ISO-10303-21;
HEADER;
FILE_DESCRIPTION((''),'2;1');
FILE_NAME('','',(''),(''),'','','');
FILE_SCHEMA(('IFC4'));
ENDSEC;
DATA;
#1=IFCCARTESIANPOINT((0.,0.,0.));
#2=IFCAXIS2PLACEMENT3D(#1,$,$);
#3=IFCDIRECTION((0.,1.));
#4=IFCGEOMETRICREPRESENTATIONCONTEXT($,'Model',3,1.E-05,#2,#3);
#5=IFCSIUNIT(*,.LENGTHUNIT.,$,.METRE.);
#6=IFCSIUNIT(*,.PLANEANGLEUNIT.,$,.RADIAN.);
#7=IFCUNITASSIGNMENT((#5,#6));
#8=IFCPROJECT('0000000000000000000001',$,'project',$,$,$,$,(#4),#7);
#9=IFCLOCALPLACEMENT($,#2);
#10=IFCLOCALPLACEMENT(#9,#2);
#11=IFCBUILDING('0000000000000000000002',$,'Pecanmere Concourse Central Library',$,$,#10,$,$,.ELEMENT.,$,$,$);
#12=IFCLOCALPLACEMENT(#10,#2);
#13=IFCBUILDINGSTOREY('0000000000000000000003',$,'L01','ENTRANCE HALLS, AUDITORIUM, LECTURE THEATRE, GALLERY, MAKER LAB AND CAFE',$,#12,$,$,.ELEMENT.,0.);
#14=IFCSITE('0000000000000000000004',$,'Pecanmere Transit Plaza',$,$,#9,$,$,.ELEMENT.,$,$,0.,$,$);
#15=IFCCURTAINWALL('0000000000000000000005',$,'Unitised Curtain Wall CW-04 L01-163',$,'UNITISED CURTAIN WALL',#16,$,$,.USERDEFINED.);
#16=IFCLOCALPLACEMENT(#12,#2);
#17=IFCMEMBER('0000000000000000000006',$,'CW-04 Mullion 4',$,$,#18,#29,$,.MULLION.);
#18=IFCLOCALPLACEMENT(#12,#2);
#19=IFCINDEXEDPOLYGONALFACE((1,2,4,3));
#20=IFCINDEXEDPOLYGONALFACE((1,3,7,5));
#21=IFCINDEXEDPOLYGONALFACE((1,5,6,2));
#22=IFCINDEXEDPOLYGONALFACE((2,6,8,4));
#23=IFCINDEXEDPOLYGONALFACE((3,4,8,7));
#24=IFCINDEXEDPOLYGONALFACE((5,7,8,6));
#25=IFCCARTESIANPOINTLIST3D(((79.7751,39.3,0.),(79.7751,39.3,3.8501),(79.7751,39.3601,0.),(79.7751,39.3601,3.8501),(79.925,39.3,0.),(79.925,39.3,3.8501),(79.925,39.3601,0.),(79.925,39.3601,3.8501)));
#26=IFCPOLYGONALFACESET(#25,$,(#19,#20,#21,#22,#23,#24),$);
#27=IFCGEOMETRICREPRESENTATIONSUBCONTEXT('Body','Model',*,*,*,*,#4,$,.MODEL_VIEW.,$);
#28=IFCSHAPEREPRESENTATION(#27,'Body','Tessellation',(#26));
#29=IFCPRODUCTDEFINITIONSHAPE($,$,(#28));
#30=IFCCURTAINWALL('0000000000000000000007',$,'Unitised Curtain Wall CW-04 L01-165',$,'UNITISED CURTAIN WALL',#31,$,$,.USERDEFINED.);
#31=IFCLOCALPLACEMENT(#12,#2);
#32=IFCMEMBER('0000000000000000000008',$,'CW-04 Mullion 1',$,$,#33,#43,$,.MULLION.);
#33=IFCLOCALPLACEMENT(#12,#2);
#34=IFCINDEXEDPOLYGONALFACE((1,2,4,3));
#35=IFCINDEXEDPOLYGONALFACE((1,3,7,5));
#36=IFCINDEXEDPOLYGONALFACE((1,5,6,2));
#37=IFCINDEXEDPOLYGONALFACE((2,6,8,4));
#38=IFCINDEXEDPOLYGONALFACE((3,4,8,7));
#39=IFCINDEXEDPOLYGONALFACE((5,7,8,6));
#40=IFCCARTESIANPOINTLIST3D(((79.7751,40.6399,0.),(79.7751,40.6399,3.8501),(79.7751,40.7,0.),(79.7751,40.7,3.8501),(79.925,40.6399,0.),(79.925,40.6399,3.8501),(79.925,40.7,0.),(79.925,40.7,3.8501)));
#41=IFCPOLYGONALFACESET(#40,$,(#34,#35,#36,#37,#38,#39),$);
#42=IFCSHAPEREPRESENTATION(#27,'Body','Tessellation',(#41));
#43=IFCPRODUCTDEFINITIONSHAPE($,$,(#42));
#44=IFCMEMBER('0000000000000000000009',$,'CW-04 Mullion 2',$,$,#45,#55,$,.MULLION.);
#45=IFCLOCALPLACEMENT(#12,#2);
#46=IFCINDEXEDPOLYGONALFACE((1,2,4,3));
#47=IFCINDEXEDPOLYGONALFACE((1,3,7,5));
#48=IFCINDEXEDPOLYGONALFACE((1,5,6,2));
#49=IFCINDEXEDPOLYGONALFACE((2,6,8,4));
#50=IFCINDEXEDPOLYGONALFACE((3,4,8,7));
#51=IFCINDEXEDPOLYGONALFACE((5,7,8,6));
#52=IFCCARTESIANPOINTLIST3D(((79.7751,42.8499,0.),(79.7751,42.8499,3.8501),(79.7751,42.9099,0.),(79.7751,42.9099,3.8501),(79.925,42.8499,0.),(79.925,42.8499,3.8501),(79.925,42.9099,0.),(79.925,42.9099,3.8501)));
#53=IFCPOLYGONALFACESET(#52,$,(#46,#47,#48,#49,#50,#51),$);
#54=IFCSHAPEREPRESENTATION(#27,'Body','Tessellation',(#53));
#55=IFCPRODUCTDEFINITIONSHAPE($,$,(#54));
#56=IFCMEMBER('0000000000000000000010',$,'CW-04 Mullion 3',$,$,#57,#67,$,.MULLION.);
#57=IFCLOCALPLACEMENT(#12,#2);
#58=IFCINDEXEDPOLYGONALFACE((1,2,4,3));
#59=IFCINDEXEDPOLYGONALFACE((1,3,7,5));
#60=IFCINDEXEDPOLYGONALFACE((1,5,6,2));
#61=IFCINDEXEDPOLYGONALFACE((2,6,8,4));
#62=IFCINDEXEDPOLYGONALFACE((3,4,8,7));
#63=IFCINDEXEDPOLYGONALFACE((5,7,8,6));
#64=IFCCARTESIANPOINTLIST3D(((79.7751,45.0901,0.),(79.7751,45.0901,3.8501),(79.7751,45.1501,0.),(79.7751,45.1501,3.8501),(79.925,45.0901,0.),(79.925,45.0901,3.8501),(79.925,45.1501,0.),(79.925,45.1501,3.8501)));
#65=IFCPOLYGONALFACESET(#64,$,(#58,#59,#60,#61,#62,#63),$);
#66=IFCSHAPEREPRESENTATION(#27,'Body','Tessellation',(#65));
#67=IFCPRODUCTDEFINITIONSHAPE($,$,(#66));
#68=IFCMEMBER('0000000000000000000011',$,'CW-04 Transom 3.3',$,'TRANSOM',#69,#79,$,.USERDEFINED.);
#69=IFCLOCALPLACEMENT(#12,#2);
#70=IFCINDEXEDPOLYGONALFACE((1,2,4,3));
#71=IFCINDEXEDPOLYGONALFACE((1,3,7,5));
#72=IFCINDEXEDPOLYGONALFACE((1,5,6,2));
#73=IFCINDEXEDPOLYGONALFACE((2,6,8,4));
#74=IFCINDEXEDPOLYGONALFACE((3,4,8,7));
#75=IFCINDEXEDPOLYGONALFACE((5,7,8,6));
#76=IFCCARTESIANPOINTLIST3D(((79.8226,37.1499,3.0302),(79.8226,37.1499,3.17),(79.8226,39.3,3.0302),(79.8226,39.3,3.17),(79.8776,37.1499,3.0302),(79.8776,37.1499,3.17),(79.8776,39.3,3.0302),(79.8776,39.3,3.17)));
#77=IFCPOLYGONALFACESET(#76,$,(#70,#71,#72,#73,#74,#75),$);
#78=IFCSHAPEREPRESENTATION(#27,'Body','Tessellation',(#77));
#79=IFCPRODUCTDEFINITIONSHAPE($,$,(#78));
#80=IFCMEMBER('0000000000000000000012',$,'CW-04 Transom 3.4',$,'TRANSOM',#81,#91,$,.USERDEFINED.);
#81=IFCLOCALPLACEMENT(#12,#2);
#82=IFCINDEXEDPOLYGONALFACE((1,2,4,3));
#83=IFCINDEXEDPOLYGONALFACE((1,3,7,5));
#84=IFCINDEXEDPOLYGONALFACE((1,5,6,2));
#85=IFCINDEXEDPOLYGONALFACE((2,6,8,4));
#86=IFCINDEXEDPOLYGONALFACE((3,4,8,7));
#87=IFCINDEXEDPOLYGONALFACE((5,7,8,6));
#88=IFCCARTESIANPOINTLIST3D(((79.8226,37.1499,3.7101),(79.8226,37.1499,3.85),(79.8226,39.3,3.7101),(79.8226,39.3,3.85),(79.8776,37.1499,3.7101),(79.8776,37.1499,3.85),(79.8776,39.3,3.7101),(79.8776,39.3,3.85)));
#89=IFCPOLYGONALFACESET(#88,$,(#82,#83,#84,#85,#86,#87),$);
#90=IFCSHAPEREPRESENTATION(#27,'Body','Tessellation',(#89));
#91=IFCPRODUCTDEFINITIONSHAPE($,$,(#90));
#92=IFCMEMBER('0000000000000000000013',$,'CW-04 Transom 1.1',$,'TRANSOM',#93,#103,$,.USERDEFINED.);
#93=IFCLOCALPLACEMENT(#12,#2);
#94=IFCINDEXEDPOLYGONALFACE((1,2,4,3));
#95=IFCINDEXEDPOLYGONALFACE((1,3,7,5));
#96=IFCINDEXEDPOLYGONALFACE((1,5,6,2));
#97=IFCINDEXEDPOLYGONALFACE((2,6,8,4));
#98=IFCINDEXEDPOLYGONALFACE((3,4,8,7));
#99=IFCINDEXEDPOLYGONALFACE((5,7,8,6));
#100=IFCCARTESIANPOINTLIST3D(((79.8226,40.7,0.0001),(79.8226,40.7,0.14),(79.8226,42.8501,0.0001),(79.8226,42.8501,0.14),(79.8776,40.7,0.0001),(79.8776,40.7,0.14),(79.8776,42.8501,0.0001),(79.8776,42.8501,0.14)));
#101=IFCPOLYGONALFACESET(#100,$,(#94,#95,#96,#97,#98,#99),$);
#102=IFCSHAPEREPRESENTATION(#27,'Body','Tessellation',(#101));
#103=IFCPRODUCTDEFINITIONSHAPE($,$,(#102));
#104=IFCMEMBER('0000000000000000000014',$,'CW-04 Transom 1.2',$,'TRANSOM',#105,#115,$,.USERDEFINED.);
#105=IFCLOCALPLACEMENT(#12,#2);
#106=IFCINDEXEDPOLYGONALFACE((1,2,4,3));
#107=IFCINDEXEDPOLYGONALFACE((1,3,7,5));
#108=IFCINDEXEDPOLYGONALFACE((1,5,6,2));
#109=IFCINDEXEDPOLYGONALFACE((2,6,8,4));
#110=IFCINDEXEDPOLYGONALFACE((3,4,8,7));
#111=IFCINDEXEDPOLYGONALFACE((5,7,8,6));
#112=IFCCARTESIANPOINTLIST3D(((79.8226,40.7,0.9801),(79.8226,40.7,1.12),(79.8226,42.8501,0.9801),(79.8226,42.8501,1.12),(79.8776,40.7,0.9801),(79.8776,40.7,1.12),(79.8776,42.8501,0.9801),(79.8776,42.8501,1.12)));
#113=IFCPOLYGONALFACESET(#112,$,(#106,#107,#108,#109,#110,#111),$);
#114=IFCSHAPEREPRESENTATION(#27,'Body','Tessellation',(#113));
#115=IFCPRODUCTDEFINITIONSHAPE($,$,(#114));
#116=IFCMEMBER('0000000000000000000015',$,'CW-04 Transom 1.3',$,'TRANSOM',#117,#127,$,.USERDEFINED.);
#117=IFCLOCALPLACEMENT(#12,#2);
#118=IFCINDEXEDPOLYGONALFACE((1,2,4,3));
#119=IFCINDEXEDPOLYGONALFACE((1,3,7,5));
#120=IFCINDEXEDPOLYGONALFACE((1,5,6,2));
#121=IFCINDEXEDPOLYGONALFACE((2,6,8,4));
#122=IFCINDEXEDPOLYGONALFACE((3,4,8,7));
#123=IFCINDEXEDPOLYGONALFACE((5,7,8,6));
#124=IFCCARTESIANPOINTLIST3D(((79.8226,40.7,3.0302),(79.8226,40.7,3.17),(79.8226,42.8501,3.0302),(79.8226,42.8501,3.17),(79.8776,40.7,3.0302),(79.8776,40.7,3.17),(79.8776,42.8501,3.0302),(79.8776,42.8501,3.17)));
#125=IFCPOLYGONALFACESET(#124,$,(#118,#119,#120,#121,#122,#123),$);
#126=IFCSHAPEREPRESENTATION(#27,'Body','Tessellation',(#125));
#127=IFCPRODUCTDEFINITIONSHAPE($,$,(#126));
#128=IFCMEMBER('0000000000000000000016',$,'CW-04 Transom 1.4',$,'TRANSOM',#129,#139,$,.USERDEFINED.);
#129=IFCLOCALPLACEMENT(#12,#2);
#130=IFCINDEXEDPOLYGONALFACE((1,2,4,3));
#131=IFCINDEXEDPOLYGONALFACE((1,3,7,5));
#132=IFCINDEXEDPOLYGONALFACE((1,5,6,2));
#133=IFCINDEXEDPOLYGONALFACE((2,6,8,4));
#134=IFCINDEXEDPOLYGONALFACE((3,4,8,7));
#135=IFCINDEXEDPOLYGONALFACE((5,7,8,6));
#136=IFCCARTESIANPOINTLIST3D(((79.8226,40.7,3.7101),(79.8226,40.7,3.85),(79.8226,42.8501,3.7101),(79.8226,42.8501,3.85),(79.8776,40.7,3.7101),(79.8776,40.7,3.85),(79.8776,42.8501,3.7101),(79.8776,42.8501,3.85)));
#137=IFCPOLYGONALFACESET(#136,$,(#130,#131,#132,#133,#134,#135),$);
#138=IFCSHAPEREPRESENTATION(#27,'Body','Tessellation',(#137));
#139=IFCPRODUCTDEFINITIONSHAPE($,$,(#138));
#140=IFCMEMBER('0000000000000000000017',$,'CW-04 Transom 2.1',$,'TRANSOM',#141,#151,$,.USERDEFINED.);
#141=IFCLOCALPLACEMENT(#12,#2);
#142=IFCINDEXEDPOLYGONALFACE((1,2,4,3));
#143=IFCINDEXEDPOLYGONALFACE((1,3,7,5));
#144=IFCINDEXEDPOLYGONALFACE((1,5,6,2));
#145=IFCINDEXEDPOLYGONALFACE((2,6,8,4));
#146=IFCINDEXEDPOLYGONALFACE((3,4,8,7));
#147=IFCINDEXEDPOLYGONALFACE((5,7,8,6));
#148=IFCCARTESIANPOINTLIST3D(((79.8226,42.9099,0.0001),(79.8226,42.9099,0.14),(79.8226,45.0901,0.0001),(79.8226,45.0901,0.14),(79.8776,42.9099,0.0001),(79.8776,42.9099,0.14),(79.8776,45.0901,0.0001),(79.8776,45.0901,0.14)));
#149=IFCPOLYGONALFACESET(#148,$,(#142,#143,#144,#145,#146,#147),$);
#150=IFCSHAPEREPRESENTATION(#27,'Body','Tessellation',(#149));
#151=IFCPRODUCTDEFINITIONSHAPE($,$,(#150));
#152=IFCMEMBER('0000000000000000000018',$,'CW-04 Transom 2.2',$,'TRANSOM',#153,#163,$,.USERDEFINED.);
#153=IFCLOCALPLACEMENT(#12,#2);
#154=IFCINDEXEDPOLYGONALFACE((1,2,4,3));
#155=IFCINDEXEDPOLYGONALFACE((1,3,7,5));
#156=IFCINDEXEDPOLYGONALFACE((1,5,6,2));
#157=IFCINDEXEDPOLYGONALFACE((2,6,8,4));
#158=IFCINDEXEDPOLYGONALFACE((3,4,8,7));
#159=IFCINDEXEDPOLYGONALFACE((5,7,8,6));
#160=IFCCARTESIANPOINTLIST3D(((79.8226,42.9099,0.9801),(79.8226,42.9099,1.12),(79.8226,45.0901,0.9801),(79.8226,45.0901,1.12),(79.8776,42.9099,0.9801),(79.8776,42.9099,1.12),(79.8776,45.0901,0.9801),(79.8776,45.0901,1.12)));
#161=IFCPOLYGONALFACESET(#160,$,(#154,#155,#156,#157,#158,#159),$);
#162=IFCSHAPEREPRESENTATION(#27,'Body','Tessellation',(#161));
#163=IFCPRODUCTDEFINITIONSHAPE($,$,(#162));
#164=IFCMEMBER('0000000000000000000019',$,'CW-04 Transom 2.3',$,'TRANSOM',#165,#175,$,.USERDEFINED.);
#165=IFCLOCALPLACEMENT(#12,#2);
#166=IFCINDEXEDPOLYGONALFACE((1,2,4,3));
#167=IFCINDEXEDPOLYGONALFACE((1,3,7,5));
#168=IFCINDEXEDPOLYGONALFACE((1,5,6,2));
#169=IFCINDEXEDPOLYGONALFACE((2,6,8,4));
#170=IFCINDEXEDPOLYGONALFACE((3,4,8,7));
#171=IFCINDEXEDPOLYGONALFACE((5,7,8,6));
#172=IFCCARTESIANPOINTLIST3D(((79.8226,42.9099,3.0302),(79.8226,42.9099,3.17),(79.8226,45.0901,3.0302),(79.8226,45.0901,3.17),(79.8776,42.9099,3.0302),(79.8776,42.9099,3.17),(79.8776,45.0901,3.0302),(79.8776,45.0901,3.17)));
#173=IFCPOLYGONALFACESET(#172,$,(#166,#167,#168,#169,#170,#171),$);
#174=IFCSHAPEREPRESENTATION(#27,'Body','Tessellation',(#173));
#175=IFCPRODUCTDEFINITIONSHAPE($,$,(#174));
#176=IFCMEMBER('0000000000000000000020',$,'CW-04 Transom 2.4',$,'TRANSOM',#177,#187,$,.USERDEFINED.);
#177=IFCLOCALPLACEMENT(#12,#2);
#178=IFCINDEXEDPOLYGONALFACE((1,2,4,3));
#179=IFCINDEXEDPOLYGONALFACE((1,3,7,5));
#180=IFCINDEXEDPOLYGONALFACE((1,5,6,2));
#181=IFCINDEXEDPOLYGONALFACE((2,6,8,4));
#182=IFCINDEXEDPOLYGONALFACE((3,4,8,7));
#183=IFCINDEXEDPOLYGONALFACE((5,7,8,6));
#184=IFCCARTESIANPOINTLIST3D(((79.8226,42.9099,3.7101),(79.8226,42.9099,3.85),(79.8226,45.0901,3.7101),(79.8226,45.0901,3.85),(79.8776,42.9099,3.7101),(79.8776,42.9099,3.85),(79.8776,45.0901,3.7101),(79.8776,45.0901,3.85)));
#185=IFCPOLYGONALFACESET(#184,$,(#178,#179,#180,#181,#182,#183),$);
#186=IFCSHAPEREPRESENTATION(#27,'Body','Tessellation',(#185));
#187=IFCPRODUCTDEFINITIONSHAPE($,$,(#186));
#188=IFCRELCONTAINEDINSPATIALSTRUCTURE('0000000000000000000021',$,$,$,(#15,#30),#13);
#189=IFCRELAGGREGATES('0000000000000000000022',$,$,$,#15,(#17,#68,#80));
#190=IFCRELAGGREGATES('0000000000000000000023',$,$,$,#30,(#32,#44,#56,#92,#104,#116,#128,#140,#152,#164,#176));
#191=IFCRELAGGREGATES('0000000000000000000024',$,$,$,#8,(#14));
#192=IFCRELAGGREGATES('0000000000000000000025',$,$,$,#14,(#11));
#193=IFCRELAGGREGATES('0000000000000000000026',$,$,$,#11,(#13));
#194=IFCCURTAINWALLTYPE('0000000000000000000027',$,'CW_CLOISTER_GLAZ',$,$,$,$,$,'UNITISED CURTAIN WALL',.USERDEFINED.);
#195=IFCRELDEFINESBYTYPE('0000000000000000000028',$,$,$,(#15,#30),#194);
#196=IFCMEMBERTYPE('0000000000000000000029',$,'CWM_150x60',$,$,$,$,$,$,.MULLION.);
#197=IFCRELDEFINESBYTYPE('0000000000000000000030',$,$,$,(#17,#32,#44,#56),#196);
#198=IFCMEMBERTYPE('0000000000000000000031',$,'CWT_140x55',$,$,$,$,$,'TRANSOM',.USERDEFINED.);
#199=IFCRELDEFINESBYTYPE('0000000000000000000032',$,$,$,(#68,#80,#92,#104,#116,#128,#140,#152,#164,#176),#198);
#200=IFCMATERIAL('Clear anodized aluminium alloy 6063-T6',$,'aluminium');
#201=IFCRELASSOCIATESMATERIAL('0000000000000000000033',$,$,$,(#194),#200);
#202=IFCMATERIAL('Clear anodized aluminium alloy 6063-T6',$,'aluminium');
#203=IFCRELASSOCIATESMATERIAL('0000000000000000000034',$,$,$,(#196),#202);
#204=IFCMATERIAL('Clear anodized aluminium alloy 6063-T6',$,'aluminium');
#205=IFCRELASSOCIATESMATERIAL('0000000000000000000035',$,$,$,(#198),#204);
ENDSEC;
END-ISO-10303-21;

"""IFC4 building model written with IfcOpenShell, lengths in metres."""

from ifc_helpers import new_model, si_unit, direction, frame, origin, origin_2d, place, context, subcontext, project, spatial, rectangle, extrude, material, material_profile, profile_set, type_object, element, aggregate, save


model = new_model("IFC4")

# Units and contexts
model_context = context("Model", 3, precision=1e-05, world=origin(), true_north=direction((0.0, 1.0)))
body_context = subcontext(model_context, "Body", "Model", "MODEL_VIEW")
ifc_project = project(units=[si_unit("LENGTHUNIT", "METRE"), si_unit("PLANEANGLEUNIT", "RADIAN")], contexts=[model_context])

# Site, building, storey
site_placement = place(None, origin())
site = spatial("IfcSite", under=ifc_project, at=site_placement, Name="Pecanmere Transit Plaza", CompositionType="ELEMENT", RefElevation=0.0)
building_placement = place(site_placement, origin())
building = spatial("IfcBuilding", under=site, at=building_placement, Name="Pecanmere Concourse Central Library", CompositionType="ELEMENT")
storey_placement = place(building_placement, origin())
storey = spatial("IfcBuildingStorey", under=building, at=storey_placement, Name="L01", Description="ENTRANCE HALLS, AUDITORIUM, LECTURE THEATRE, GALLERY, MAKER LAB AND CAFE", CompositionType="ELEMENT", Elevation=0.0)

# Curtain wall, member
ifc_material_1 = material(Name="Clear anodized aluminium alloy 6063-T6", Category="aluminium")
curtain_wall_type = type_object("IfcCurtainWallType", Name="CW_CLOISTER_GLAZ", ElementType="UNITISED CURTAIN WALL", PredefinedType="USERDEFINED", material=ifc_material_1)
curtain_wall_1_placement = place(storey_placement, origin())
curtain_wall_1 = element("IfcCurtainWall", 1, at=curtain_wall_1_placement, inside=storey, type_object=curtain_wall_type, Name="Unitised Curtain Wall CW-04 L01-163", ObjectType="UNITISED CURTAIN WALL", PredefinedType="USERDEFINED")
ifc_material_2 = material(Name="Clear anodized aluminium alloy 6063-T6", Category="aluminium")
ifc_material_profile_1 = material_profile(ifc_material_2, rectangle(XDim=0.0601, YDim=0.1499, at=origin_2d()), Name="AL 60x150")
ifc_profile_set_1 = profile_set([ifc_material_profile_1], Name="Clear anodized aluminium alloy 6063-T6")
member_type_1 = type_object("IfcMemberType", Name="CWM_150x60", PredefinedType="MULLION", material=ifc_profile_set_1)
member_1_placement = place(storey_placement, frame((79.8501, 39.3301, 0.0), z_axis=(0.0, 0.0, 1.0), x_axis=(0.0, 1.0, 0.0)))
member_1 = element("IfcMember", 2, at=member_1_placement, type_object=member_type_1, Name="CW-04 Mullion 4", PredefinedType="MULLION", context=body_context, shape_type="SweptSolid", body=[
    extrude(rectangle(XDim=0.0601, YDim=0.1499, at=origin_2d()), origin(), (0.0, 0.0, 1.0), 3.8501),
])

# Curtain wall, members
curtain_wall_2_placement = place(storey_placement, origin())
curtain_wall_2 = element("IfcCurtainWall", 3, at=curtain_wall_2_placement, inside=storey, type_object=curtain_wall_type, Name="Unitised Curtain Wall CW-04 L01-165", ObjectType="UNITISED CURTAIN WALL", PredefinedType="USERDEFINED")
member_2_placement = place(storey_placement, frame((79.8501, 40.6699, 0.0), z_axis=(0.0, 0.0, 1.0), x_axis=(0.0, 1.0, 0.0)))
member_2 = element("IfcMember", 4, at=member_2_placement, type_object=member_type_1, Name="CW-04 Mullion 1", PredefinedType="MULLION", context=body_context, shape_type="SweptSolid", body=[
    extrude(rectangle(XDim=0.0601, YDim=0.1499, at=origin_2d()), origin(), (0.0, 0.0, 1.0), 3.8501),
])
member_3_placement = place(storey_placement, frame((79.8501, 42.8799, 0.0), z_axis=(0.0, 0.0, 1.0), x_axis=(0.0, 1.0, 0.0)))
member_3 = element("IfcMember", 5, at=member_3_placement, type_object=member_type_1, Name="CW-04 Mullion 2", PredefinedType="MULLION", context=body_context, shape_type="SweptSolid", body=[
    extrude(rectangle(XDim=0.0601, YDim=0.1499, at=origin_2d()), origin(), (0.0, 0.0, 1.0), 3.8501),
])
member_4_placement = place(storey_placement, frame((79.8501, 45.1201, 0.0), z_axis=(0.0, 0.0, 1.0), x_axis=(0.0, 1.0, 0.0)))
member_4 = element("IfcMember", 6, at=member_4_placement, type_object=member_type_1, Name="CW-04 Mullion 3", PredefinedType="MULLION", context=body_context, shape_type="SweptSolid", body=[
    extrude(rectangle(XDim=0.0601, YDim=0.1499, at=origin_2d()), origin(), (0.0, 0.0, 1.0), 3.8501),
])

# Members
ifc_material_3 = material(Name="Clear anodized aluminium alloy 6063-T6", Category="aluminium")
ifc_material_profile_2 = material_profile(ifc_material_3, rectangle(XDim=0.0549, YDim=0.1399, at=origin_2d()), Name="AL 55x140")
ifc_profile_set_2 = profile_set([ifc_material_profile_2], Name="Clear anodized aluminium alloy 6063-T6")
member_type_2 = type_object("IfcMemberType", Name="CWT_140x55", ElementType="TRANSOM", PredefinedType="USERDEFINED", material=ifc_profile_set_2)
member_5_placement = place(storey_placement, frame((79.8501, 37.1499, 3.1001), z_axis=(0.0, 1.0, 0.0), x_axis=(-1.0, 0.0, 0.0)))
member_5 = element("IfcMember", 7, at=member_5_placement, type_object=member_type_2, Name="CW-04 Transom 3.3", ObjectType="TRANSOM", PredefinedType="USERDEFINED", context=body_context, shape_type="SweptSolid", body=[
    extrude(rectangle(XDim=0.0549, YDim=0.1399, at=origin_2d()), origin(), (0.0, 0.0, 1.0), 2.1501),
])
member_6_placement = place(storey_placement, frame((79.8501, 37.1499, 3.78), z_axis=(0.0, 1.0, 0.0), x_axis=(-1.0, 0.0, 0.0)))
member_6 = element("IfcMember", 8, at=member_6_placement, type_object=member_type_2, Name="CW-04 Transom 3.4", ObjectType="TRANSOM", PredefinedType="USERDEFINED", context=body_context, shape_type="SweptSolid", body=[
    extrude(rectangle(XDim=0.0549, YDim=0.1399, at=origin_2d()), origin(), (0.0, 0.0, 1.0), 2.1501),
])
member_7_placement = place(storey_placement, frame((79.8501, 40.7, 0.0701), z_axis=(0.0, 1.0, 0.0), x_axis=(-1.0, 0.0, 0.0)))
member_7 = element("IfcMember", 9, at=member_7_placement, type_object=member_type_2, Name="CW-04 Transom 1.1", ObjectType="TRANSOM", PredefinedType="USERDEFINED", context=body_context, shape_type="SweptSolid", body=[
    extrude(rectangle(XDim=0.0549, YDim=0.1399, at=origin_2d()), origin(), (0.0, 0.0, 1.0), 2.1501),
])
member_8_placement = place(storey_placement, frame((79.8501, 40.7, 1.05), z_axis=(0.0, 1.0, 0.0), x_axis=(-1.0, 0.0, 0.0)))
member_8 = element("IfcMember", 10, at=member_8_placement, type_object=member_type_2, Name="CW-04 Transom 1.2", ObjectType="TRANSOM", PredefinedType="USERDEFINED", context=body_context, shape_type="SweptSolid", body=[
    extrude(rectangle(XDim=0.0549, YDim=0.1399, at=origin_2d()), origin(), (0.0, 0.0, 1.0), 2.1501),
])
member_9_placement = place(storey_placement, frame((79.8501, 40.7, 3.1001), z_axis=(0.0, 1.0, 0.0), x_axis=(-1.0, 0.0, 0.0)))
member_9 = element("IfcMember", 11, at=member_9_placement, type_object=member_type_2, Name="CW-04 Transom 1.3", ObjectType="TRANSOM", PredefinedType="USERDEFINED", context=body_context, shape_type="SweptSolid", body=[
    extrude(rectangle(XDim=0.0549, YDim=0.1399, at=origin_2d()), origin(), (0.0, 0.0, 1.0), 2.1501),
])
member_10_placement = place(storey_placement, frame((79.8501, 40.7, 3.78), z_axis=(0.0, 1.0, 0.0), x_axis=(-1.0, 0.0, 0.0)))
member_10 = element("IfcMember", 12, at=member_10_placement, type_object=member_type_2, Name="CW-04 Transom 1.4", ObjectType="TRANSOM", PredefinedType="USERDEFINED", context=body_context, shape_type="SweptSolid", body=[
    extrude(rectangle(XDim=0.0549, YDim=0.1399, at=origin_2d()), origin(), (0.0, 0.0, 1.0), 2.1501),
])
member_11_placement = place(storey_placement, frame((79.8501, 42.9099, 0.0701), z_axis=(0.0, 1.0, 0.0), x_axis=(-1.0, 0.0, 0.0)))
member_11 = element("IfcMember", 13, at=member_11_placement, type_object=member_type_2, Name="CW-04 Transom 2.1", ObjectType="TRANSOM", PredefinedType="USERDEFINED", context=body_context, shape_type="SweptSolid", body=[
    extrude(rectangle(XDim=0.0549, YDim=0.1399, at=origin_2d()), origin(), (0.0, 0.0, 1.0), 2.1802),
])
member_12_placement = place(storey_placement, frame((79.8501, 42.9099, 1.05), z_axis=(0.0, 1.0, 0.0), x_axis=(-1.0, 0.0, 0.0)))
member_12 = element("IfcMember", 14, at=member_12_placement, type_object=member_type_2, Name="CW-04 Transom 2.2", ObjectType="TRANSOM", PredefinedType="USERDEFINED", context=body_context, shape_type="SweptSolid", body=[
    extrude(rectangle(XDim=0.0549, YDim=0.1399, at=origin_2d()), origin(), (0.0, 0.0, 1.0), 2.1802),
])
member_13_placement = place(storey_placement, frame((79.8501, 42.9099, 3.1001), z_axis=(0.0, 1.0, 0.0), x_axis=(-1.0, 0.0, 0.0)))
member_13 = element("IfcMember", 15, at=member_13_placement, type_object=member_type_2, Name="CW-04 Transom 2.3", ObjectType="TRANSOM", PredefinedType="USERDEFINED", context=body_context, shape_type="SweptSolid", body=[
    extrude(rectangle(XDim=0.0549, YDim=0.1399, at=origin_2d()), origin(), (0.0, 0.0, 1.0), 2.1802),
])
member_14_placement = place(storey_placement, frame((79.8501, 42.9099, 3.78), z_axis=(0.0, 1.0, 0.0), x_axis=(-1.0, 0.0, 0.0)))
member_14 = element("IfcMember", 16, at=member_14_placement, type_object=member_type_2, Name="CW-04 Transom 2.4", ObjectType="TRANSOM", PredefinedType="USERDEFINED", context=body_context, shape_type="SweptSolid", body=[
    extrude(rectangle(XDim=0.0549, YDim=0.1399, at=origin_2d()), origin(), (0.0, 0.0, 1.0), 2.1802),
])

aggregate(curtain_wall_1, [member_1, member_5, member_6])
aggregate(curtain_wall_2, [member_2, member_3, member_4, member_7, member_8, member_9, member_10, member_11, member_12, member_13, member_14])

save(model, "model.ifc")
